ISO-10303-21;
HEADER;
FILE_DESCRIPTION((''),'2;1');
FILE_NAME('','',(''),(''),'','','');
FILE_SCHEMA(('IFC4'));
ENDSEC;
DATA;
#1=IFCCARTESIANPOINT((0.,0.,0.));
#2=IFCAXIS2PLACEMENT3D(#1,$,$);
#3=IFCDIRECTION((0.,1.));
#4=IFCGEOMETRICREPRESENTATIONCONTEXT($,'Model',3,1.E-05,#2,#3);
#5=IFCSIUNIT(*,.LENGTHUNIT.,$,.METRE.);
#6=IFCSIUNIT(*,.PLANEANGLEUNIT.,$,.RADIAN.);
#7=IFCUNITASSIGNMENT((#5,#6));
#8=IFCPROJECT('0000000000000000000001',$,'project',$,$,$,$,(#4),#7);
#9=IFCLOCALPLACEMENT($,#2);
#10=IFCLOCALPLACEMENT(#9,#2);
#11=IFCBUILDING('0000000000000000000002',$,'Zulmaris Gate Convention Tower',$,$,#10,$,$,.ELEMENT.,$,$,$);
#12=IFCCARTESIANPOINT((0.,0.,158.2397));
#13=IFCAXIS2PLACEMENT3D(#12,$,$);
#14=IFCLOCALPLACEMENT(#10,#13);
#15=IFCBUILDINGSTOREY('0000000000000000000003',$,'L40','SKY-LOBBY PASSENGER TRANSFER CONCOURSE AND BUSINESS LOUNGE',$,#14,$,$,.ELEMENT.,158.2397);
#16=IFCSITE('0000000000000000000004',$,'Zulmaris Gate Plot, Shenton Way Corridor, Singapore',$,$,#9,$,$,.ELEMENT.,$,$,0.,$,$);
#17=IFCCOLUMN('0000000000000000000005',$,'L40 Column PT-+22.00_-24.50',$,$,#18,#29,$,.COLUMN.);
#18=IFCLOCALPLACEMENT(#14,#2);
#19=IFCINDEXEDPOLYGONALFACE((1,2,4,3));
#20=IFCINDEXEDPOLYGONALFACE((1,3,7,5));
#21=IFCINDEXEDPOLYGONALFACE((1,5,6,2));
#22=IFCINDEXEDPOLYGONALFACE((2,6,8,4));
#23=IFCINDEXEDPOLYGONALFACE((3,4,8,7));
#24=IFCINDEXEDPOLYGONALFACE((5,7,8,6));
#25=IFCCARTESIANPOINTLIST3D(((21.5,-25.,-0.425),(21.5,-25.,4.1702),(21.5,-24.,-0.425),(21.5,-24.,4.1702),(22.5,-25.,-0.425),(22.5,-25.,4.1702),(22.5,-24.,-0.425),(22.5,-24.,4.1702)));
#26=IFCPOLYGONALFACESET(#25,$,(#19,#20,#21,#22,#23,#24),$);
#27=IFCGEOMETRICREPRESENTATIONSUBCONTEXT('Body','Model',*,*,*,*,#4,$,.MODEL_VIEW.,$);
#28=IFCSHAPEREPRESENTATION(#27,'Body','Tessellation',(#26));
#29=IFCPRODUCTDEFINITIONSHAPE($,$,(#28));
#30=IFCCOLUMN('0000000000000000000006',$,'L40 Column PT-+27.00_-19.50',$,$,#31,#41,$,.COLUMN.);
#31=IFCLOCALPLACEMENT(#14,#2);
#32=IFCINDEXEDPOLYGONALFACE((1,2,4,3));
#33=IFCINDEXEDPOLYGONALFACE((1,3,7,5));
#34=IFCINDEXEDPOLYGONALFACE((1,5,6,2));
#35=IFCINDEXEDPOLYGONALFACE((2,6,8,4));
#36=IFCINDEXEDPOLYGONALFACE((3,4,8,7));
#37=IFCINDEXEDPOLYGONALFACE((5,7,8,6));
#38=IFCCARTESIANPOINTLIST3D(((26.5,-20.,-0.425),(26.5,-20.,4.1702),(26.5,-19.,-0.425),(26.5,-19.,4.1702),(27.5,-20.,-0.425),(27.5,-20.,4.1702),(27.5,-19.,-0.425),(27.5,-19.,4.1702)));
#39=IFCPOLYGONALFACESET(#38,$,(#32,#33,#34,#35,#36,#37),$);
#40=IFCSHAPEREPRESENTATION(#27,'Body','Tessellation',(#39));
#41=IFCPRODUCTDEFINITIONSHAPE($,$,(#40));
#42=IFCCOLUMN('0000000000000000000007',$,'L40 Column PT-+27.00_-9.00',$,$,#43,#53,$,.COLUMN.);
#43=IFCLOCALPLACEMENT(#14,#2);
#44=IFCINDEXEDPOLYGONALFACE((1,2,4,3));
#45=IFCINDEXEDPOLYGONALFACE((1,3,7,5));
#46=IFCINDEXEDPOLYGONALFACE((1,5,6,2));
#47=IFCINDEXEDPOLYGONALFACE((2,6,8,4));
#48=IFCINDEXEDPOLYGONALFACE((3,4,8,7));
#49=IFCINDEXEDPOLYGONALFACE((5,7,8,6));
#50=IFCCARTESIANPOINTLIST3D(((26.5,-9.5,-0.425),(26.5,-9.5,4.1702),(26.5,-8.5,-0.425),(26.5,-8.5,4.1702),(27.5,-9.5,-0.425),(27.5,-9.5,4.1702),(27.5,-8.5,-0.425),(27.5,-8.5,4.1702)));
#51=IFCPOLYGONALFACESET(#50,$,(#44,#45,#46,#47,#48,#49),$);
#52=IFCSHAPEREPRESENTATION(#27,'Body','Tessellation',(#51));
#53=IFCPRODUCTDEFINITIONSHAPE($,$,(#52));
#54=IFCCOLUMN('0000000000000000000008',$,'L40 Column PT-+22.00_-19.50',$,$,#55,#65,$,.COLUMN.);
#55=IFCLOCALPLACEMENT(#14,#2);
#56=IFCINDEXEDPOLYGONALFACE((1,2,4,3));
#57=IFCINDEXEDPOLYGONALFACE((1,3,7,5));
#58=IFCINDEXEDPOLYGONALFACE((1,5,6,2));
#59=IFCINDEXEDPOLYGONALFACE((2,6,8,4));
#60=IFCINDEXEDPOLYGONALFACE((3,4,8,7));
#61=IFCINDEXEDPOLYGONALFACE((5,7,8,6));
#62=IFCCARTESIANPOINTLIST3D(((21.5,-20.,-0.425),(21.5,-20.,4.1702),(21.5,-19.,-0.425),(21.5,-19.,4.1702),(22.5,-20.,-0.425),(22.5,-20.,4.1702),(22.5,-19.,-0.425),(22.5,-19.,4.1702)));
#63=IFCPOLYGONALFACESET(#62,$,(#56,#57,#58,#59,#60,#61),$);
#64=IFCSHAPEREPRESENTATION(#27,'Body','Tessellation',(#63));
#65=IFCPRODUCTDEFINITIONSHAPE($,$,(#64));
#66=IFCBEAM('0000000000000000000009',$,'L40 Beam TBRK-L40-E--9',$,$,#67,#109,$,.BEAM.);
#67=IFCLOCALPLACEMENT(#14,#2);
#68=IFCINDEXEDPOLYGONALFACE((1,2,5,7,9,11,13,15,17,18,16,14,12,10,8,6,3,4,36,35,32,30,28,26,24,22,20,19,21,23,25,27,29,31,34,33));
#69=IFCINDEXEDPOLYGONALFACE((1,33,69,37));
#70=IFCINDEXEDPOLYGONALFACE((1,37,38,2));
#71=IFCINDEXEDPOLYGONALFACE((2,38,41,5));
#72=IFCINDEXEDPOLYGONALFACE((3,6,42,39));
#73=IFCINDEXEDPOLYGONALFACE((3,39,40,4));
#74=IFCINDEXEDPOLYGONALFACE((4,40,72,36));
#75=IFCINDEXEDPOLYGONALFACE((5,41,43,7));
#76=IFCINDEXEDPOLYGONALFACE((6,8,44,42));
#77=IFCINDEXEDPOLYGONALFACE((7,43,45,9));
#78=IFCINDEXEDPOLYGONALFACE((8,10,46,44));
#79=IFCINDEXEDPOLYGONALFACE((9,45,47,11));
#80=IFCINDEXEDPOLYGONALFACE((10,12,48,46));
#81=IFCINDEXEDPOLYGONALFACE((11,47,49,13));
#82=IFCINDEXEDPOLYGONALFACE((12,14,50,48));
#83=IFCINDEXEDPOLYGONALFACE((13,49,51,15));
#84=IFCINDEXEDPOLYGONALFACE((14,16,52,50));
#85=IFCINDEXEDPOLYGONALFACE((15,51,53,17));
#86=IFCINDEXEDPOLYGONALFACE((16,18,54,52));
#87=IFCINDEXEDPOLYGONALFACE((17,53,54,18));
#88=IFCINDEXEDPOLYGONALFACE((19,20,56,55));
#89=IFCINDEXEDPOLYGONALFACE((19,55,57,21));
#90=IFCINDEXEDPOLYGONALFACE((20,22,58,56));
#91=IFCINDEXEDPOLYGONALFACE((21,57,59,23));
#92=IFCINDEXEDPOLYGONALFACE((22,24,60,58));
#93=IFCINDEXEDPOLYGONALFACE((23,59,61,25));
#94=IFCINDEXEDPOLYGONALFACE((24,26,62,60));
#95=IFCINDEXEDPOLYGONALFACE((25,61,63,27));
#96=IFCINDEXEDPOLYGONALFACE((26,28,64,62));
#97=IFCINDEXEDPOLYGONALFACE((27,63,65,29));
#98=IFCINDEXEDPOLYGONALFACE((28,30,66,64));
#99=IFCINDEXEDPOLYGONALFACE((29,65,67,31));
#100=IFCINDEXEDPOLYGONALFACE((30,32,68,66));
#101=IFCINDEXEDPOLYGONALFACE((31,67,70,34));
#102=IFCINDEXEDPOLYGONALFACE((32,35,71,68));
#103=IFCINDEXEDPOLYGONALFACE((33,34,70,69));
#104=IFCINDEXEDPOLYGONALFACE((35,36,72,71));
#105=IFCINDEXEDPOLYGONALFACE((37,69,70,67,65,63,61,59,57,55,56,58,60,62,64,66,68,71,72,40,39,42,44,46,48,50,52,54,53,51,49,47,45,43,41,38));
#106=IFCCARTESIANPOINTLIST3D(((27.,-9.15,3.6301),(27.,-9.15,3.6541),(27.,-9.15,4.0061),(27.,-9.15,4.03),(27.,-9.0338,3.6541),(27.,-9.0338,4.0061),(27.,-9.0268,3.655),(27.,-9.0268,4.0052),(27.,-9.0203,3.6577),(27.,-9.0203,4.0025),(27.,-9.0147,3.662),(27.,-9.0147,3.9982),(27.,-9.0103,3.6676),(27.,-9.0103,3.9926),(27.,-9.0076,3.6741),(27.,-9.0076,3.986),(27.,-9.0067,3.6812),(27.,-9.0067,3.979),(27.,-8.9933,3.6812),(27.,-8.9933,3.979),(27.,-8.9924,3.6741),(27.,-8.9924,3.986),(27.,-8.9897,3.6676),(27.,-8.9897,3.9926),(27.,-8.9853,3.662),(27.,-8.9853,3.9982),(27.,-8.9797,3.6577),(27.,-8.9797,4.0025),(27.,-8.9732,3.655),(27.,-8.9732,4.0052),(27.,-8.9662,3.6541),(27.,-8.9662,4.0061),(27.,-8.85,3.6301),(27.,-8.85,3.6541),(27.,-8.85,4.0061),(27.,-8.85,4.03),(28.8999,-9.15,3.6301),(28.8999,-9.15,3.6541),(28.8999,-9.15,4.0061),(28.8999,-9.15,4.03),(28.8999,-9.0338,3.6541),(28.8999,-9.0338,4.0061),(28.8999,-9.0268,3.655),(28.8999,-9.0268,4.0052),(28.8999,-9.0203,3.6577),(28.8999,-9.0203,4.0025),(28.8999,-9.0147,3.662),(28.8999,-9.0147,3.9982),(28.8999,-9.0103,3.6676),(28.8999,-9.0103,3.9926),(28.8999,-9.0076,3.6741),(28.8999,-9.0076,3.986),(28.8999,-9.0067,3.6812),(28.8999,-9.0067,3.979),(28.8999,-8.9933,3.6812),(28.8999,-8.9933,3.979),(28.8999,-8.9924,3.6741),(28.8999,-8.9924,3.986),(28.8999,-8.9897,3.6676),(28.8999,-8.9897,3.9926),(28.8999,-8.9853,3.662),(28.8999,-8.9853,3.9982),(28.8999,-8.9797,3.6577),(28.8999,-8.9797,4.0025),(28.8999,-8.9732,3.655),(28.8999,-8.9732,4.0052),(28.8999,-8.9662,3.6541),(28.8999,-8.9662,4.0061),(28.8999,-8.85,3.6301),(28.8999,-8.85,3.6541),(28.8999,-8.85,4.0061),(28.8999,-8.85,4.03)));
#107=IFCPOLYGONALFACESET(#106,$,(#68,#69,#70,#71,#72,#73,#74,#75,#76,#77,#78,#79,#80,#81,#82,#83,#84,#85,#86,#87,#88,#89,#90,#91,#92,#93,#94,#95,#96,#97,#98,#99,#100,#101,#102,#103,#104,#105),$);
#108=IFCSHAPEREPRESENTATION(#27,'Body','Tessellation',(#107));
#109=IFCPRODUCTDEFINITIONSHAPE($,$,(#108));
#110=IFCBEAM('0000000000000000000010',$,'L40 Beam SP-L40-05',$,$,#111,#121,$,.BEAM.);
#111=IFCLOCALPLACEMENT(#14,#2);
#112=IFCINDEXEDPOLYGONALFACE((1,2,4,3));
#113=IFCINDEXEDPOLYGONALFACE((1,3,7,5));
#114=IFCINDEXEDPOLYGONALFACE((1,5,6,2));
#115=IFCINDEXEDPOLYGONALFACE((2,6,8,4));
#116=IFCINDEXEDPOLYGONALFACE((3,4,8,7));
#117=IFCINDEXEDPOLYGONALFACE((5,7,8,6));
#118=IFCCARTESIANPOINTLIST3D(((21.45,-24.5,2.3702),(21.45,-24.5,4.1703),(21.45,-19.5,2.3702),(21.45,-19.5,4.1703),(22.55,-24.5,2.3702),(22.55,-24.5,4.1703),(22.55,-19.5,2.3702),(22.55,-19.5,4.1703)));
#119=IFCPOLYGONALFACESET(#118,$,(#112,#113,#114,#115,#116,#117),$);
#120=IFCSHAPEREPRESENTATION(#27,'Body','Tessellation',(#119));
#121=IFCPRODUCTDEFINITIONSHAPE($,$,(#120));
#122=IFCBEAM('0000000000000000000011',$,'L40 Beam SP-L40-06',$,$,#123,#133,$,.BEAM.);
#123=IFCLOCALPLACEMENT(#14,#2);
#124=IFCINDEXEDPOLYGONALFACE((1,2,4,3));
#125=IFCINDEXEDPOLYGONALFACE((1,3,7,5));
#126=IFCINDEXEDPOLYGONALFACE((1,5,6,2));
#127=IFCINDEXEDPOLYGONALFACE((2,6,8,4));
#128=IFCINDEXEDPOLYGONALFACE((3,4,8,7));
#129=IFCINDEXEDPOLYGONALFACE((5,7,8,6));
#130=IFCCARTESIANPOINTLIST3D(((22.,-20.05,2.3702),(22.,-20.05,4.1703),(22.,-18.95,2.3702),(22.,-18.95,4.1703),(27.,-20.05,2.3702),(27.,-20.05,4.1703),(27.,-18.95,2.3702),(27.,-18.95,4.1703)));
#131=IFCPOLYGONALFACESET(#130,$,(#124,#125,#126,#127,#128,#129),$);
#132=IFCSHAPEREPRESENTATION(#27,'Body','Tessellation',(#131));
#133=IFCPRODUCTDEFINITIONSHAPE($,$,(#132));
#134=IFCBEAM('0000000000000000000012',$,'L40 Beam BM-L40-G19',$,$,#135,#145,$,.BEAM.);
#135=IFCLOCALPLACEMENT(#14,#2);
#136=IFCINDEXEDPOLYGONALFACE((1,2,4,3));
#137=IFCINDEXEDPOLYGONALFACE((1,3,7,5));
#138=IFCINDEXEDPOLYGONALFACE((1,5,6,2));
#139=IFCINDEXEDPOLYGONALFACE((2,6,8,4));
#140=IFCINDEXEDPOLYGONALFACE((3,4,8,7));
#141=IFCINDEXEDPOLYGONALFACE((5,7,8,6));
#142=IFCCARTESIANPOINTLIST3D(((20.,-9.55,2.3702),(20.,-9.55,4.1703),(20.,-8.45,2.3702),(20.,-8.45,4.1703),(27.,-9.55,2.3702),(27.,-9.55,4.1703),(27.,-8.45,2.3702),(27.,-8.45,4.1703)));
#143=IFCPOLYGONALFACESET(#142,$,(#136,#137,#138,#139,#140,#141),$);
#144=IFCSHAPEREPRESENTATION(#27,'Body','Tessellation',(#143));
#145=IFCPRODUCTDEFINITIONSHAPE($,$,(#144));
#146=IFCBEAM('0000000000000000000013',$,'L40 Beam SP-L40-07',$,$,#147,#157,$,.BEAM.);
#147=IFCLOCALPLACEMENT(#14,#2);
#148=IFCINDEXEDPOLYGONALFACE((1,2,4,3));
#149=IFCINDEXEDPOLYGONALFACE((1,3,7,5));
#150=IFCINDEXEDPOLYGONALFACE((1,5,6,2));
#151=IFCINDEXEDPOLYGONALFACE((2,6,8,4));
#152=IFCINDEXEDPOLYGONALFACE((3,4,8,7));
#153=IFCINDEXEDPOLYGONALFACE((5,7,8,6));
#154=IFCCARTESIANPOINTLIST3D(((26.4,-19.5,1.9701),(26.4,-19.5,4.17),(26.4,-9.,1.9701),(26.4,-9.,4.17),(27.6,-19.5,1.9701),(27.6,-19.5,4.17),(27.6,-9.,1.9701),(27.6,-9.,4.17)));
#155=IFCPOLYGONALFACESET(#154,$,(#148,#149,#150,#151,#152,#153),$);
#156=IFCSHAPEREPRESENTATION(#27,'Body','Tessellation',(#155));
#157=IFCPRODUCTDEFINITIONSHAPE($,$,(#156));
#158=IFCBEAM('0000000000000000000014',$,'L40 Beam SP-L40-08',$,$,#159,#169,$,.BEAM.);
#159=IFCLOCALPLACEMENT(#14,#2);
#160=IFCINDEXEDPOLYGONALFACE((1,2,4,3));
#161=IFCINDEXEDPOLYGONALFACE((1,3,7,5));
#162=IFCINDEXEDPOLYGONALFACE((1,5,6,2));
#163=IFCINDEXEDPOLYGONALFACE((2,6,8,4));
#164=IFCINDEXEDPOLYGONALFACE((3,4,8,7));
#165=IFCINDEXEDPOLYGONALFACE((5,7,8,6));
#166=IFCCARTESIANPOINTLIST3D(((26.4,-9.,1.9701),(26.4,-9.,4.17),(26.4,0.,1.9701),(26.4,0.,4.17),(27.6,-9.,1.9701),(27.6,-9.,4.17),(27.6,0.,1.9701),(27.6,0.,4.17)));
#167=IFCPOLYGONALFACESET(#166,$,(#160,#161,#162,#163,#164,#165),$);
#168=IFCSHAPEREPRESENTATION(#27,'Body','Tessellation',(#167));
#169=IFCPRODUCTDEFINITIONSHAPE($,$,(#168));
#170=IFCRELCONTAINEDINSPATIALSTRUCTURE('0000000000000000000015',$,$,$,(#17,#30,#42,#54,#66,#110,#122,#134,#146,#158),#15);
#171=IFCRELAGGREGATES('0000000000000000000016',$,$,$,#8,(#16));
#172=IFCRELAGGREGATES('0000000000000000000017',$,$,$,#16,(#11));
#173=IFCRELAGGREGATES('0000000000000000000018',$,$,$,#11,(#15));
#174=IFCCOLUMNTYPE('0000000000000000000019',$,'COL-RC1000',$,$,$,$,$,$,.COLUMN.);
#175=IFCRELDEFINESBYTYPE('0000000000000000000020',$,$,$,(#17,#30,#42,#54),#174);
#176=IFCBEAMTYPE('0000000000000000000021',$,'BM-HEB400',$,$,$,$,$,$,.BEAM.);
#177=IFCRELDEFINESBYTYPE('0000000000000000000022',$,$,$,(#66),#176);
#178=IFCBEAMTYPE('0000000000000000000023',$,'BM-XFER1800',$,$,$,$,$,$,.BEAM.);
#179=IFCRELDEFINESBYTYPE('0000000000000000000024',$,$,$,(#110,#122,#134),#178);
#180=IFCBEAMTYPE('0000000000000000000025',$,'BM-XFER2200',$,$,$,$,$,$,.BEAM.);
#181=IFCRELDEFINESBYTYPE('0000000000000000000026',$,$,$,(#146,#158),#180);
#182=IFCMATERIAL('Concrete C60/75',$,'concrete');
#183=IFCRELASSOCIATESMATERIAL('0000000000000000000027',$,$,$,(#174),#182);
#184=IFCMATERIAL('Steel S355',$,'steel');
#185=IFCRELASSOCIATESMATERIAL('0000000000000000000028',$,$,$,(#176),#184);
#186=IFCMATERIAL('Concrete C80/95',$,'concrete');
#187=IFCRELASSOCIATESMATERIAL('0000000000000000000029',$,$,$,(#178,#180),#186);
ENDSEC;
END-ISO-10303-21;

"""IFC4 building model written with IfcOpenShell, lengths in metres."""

from ifc_helpers import new_model, si_unit, direction, frame, origin, origin_2d, place, context, subcontext, project, spatial, rectangle, i_section, extrude, material, material_profile, profile_set, type_object, element, save


model = new_model("IFC4")

# Units and contexts
model_context = context("Model", 3, precision=1e-05, world=origin(), true_north=direction((0.0, 1.0)))
body_context = subcontext(model_context, "Body", "Model", "MODEL_VIEW")
ifc_project = project(units=[si_unit("LENGTHUNIT", "METRE"), si_unit("PLANEANGLEUNIT", "RADIAN")], contexts=[model_context])

# Site, building, storey
site_placement = place(None, origin())
site = spatial("IfcSite", under=ifc_project, at=site_placement, Name="Zulmaris Gate Plot, Shenton Way Corridor, Singapore", CompositionType="ELEMENT", RefElevation=0.0)
building_placement = place(site_placement, origin())
building = spatial("IfcBuilding", under=site, at=building_placement, Name="Zulmaris Gate Convention Tower", CompositionType="ELEMENT")
storey_placement = place(building_placement, frame((0.0, 0.0, 158.2397)))
storey = spatial("IfcBuildingStorey", under=building, at=storey_placement, Name="L40", Description="SKY-LOBBY PASSENGER TRANSFER CONCOURSE AND BUSINESS LOUNGE", CompositionType="ELEMENT", Elevation=158.2397)

# Columns
ifc_material_1 = material(Name="Concrete C60/75", Category="concrete")
ifc_material_profile_1 = material_profile(ifc_material_1, rectangle(XDim=1.0, YDim=1.0, at=origin_2d()), Name="RC COL 1000x1000")
ifc_profile_set_1 = profile_set([ifc_material_profile_1], Name="Concrete C60/75")
column_type = type_object("IfcColumnType", Name="COL-RC1000", PredefinedType="COLUMN", material=ifc_profile_set_1)
for number, where, z_axis, x_axis, name in (
    (1, (22.0, -24.5, -0.425), (0.0, 0.0, 1.0), (1.0, 0.0, 0.0), "L40 Column PT-+22.00_-24.50"),
    (2, (27.0, -19.5, -0.425), (0.0, 0.0, 1.0), (1.0, 0.0, 0.0), "L40 Column PT-+27.00_-19.50"),
    (3, (27.0, -9.0, -0.425), (0.0, 0.0, 1.0), (1.0, 0.0, 0.0), "L40 Column PT-+27.00_-9.00"),
    (4, (22.0, -19.5, -0.425), (0.0, 0.0, 1.0), (1.0, 0.0, 0.0), "L40 Column PT-+22.00_-19.50"),
):
    element("IfcColumn", number, at=place(storey_placement, frame(where, z_axis=z_axis, x_axis=x_axis)), inside=storey, type_object=column_type, Name=name, PredefinedType="COLUMN", context=body_context, shape_type="SweptSolid", body=[
        extrude(rectangle(XDim=1.0, YDim=1.0, at=origin_2d()), origin(), (0.0, 0.0, 1.0), 4.5952),
    ])

# Beams
ifc_material_2 = material(Name="Steel S355", Category="steel")
ifc_material_profile_2 = material_profile(ifc_material_2, i_section(OverallWidth=0.3, OverallDepth=0.3999, WebThickness=0.0134, FlangeThickness=0.0239, FilletRadius=0.0271, at=origin_2d()), Name="HEB 400")
ifc_profile_set_2 = profile_set([ifc_material_profile_2], Name="Steel S355")
beam_type_1 = type_object("IfcBeamType", Name="BM-HEB400", PredefinedType="BEAM", material=ifc_profile_set_2)
beam_1_placement = place(storey_placement, frame((27.0, -9.0, 3.8301), z_axis=(1.0, 0.0, 0.0), x_axis=(0.0, 1.0, 0.0)))
element("IfcBeam", 5, at=beam_1_placement, inside=storey, type_object=beam_type_1, Name="L40 Beam TBRK-L40-E--9", PredefinedType="BEAM", context=body_context, shape_type="SweptSolid", body=[
    extrude(i_section(OverallWidth=0.3, OverallDepth=0.3999, WebThickness=0.0134, FlangeThickness=0.0239, FilletRadius=0.0271, at=origin_2d()), origin(), (0.0, 0.0, 1.0), 1.8999),
])
ifc_material_3 = material(Name="Concrete C80/95", Category="concrete")
ifc_material_profile_3 = material_profile(ifc_material_3, rectangle(XDim=1.1001, YDim=1.8, at=origin_2d()), Name="RC TRANSFER 1100x1800")
ifc_profile_set_3 = profile_set([ifc_material_profile_3], Name="Concrete C80/95")
beam_type_2 = type_object("IfcBeamType", Name="BM-XFER1800", PredefinedType="BEAM", material=ifc_profile_set_3)
for number, where, z_axis, x_axis, name in (
    (6, (22.0, -24.5, 3.2703), (0.0, 1.0, 0.0), (-1.0, 0.0, 0.0), "L40 Beam SP-L40-05"),
    (7, (22.0, -19.5, 3.2703), (1.0, 0.0, 0.0), (0.0, 1.0, 0.0), "L40 Beam SP-L40-06"),
):
    element("IfcBeam", number, at=place(storey_placement, frame(where, z_axis=z_axis, x_axis=x_axis)), inside=storey, type_object=beam_type_2, Name=name, PredefinedType="BEAM", context=body_context, shape_type="SweptSolid", body=[
        extrude(rectangle(XDim=1.1001, YDim=1.8, at=origin_2d()), origin(), (0.0, 0.0, 1.0), 5.0),
    ])
beam_2_placement = place(storey_placement, frame((20.0, -9.0, 3.2703), z_axis=(1.0, 0.0, 0.0), x_axis=(0.0, 1.0, 0.0)))
element("IfcBeam", 8, at=beam_2_placement, inside=storey, type_object=beam_type_2, Name="L40 Beam BM-L40-G19", PredefinedType="BEAM", context=body_context, shape_type="SweptSolid", body=[
    extrude(rectangle(XDim=1.1001, YDim=1.8, at=origin_2d()), origin(), (0.0, 0.0, 1.0), 7.0),
])
ifc_material_profile_4 = material_profile(ifc_material_3, rectangle(XDim=1.2, YDim=2.2, at=origin_2d()), Name="RC TRANSFER 1200x2200")
ifc_profile_set_4 = profile_set([ifc_material_profile_4], Name="Concrete C80/95")
beam_type_3 = type_object("IfcBeamType", Name="BM-XFER2200", PredefinedType="BEAM", material=ifc_profile_set_4)
beam_3_placement = place(storey_placement, frame((27.0, -19.5, 3.0701), z_axis=(0.0, 1.0, 0.0), x_axis=(-1.0, 0.0, 0.0)))
element("IfcBeam", 9, at=beam_3_placement, inside=storey, type_object=beam_type_3, Name="L40 Beam SP-L40-07", PredefinedType="BEAM", context=body_context, shape_type="SweptSolid", body=[
    extrude(rectangle(XDim=1.2, YDim=2.2, at=origin_2d()), origin(), (0.0, 0.0, 1.0), 10.5),
])
beam_4_placement = place(storey_placement, frame((27.0, -9.0, 3.0701), z_axis=(0.0, 1.0, 0.0), x_axis=(-1.0, 0.0, 0.0)))
element("IfcBeam", 10, at=beam_4_placement, inside=storey, type_object=beam_type_3, Name="L40 Beam SP-L40-08", PredefinedType="BEAM", context=body_context, shape_type="SweptSolid", body=[
    extrude(rectangle(XDim=1.2, YDim=2.2, at=origin_2d()), origin(), (0.0, 0.0, 1.0), 9.0),
])

save(model, "model.ifc")
